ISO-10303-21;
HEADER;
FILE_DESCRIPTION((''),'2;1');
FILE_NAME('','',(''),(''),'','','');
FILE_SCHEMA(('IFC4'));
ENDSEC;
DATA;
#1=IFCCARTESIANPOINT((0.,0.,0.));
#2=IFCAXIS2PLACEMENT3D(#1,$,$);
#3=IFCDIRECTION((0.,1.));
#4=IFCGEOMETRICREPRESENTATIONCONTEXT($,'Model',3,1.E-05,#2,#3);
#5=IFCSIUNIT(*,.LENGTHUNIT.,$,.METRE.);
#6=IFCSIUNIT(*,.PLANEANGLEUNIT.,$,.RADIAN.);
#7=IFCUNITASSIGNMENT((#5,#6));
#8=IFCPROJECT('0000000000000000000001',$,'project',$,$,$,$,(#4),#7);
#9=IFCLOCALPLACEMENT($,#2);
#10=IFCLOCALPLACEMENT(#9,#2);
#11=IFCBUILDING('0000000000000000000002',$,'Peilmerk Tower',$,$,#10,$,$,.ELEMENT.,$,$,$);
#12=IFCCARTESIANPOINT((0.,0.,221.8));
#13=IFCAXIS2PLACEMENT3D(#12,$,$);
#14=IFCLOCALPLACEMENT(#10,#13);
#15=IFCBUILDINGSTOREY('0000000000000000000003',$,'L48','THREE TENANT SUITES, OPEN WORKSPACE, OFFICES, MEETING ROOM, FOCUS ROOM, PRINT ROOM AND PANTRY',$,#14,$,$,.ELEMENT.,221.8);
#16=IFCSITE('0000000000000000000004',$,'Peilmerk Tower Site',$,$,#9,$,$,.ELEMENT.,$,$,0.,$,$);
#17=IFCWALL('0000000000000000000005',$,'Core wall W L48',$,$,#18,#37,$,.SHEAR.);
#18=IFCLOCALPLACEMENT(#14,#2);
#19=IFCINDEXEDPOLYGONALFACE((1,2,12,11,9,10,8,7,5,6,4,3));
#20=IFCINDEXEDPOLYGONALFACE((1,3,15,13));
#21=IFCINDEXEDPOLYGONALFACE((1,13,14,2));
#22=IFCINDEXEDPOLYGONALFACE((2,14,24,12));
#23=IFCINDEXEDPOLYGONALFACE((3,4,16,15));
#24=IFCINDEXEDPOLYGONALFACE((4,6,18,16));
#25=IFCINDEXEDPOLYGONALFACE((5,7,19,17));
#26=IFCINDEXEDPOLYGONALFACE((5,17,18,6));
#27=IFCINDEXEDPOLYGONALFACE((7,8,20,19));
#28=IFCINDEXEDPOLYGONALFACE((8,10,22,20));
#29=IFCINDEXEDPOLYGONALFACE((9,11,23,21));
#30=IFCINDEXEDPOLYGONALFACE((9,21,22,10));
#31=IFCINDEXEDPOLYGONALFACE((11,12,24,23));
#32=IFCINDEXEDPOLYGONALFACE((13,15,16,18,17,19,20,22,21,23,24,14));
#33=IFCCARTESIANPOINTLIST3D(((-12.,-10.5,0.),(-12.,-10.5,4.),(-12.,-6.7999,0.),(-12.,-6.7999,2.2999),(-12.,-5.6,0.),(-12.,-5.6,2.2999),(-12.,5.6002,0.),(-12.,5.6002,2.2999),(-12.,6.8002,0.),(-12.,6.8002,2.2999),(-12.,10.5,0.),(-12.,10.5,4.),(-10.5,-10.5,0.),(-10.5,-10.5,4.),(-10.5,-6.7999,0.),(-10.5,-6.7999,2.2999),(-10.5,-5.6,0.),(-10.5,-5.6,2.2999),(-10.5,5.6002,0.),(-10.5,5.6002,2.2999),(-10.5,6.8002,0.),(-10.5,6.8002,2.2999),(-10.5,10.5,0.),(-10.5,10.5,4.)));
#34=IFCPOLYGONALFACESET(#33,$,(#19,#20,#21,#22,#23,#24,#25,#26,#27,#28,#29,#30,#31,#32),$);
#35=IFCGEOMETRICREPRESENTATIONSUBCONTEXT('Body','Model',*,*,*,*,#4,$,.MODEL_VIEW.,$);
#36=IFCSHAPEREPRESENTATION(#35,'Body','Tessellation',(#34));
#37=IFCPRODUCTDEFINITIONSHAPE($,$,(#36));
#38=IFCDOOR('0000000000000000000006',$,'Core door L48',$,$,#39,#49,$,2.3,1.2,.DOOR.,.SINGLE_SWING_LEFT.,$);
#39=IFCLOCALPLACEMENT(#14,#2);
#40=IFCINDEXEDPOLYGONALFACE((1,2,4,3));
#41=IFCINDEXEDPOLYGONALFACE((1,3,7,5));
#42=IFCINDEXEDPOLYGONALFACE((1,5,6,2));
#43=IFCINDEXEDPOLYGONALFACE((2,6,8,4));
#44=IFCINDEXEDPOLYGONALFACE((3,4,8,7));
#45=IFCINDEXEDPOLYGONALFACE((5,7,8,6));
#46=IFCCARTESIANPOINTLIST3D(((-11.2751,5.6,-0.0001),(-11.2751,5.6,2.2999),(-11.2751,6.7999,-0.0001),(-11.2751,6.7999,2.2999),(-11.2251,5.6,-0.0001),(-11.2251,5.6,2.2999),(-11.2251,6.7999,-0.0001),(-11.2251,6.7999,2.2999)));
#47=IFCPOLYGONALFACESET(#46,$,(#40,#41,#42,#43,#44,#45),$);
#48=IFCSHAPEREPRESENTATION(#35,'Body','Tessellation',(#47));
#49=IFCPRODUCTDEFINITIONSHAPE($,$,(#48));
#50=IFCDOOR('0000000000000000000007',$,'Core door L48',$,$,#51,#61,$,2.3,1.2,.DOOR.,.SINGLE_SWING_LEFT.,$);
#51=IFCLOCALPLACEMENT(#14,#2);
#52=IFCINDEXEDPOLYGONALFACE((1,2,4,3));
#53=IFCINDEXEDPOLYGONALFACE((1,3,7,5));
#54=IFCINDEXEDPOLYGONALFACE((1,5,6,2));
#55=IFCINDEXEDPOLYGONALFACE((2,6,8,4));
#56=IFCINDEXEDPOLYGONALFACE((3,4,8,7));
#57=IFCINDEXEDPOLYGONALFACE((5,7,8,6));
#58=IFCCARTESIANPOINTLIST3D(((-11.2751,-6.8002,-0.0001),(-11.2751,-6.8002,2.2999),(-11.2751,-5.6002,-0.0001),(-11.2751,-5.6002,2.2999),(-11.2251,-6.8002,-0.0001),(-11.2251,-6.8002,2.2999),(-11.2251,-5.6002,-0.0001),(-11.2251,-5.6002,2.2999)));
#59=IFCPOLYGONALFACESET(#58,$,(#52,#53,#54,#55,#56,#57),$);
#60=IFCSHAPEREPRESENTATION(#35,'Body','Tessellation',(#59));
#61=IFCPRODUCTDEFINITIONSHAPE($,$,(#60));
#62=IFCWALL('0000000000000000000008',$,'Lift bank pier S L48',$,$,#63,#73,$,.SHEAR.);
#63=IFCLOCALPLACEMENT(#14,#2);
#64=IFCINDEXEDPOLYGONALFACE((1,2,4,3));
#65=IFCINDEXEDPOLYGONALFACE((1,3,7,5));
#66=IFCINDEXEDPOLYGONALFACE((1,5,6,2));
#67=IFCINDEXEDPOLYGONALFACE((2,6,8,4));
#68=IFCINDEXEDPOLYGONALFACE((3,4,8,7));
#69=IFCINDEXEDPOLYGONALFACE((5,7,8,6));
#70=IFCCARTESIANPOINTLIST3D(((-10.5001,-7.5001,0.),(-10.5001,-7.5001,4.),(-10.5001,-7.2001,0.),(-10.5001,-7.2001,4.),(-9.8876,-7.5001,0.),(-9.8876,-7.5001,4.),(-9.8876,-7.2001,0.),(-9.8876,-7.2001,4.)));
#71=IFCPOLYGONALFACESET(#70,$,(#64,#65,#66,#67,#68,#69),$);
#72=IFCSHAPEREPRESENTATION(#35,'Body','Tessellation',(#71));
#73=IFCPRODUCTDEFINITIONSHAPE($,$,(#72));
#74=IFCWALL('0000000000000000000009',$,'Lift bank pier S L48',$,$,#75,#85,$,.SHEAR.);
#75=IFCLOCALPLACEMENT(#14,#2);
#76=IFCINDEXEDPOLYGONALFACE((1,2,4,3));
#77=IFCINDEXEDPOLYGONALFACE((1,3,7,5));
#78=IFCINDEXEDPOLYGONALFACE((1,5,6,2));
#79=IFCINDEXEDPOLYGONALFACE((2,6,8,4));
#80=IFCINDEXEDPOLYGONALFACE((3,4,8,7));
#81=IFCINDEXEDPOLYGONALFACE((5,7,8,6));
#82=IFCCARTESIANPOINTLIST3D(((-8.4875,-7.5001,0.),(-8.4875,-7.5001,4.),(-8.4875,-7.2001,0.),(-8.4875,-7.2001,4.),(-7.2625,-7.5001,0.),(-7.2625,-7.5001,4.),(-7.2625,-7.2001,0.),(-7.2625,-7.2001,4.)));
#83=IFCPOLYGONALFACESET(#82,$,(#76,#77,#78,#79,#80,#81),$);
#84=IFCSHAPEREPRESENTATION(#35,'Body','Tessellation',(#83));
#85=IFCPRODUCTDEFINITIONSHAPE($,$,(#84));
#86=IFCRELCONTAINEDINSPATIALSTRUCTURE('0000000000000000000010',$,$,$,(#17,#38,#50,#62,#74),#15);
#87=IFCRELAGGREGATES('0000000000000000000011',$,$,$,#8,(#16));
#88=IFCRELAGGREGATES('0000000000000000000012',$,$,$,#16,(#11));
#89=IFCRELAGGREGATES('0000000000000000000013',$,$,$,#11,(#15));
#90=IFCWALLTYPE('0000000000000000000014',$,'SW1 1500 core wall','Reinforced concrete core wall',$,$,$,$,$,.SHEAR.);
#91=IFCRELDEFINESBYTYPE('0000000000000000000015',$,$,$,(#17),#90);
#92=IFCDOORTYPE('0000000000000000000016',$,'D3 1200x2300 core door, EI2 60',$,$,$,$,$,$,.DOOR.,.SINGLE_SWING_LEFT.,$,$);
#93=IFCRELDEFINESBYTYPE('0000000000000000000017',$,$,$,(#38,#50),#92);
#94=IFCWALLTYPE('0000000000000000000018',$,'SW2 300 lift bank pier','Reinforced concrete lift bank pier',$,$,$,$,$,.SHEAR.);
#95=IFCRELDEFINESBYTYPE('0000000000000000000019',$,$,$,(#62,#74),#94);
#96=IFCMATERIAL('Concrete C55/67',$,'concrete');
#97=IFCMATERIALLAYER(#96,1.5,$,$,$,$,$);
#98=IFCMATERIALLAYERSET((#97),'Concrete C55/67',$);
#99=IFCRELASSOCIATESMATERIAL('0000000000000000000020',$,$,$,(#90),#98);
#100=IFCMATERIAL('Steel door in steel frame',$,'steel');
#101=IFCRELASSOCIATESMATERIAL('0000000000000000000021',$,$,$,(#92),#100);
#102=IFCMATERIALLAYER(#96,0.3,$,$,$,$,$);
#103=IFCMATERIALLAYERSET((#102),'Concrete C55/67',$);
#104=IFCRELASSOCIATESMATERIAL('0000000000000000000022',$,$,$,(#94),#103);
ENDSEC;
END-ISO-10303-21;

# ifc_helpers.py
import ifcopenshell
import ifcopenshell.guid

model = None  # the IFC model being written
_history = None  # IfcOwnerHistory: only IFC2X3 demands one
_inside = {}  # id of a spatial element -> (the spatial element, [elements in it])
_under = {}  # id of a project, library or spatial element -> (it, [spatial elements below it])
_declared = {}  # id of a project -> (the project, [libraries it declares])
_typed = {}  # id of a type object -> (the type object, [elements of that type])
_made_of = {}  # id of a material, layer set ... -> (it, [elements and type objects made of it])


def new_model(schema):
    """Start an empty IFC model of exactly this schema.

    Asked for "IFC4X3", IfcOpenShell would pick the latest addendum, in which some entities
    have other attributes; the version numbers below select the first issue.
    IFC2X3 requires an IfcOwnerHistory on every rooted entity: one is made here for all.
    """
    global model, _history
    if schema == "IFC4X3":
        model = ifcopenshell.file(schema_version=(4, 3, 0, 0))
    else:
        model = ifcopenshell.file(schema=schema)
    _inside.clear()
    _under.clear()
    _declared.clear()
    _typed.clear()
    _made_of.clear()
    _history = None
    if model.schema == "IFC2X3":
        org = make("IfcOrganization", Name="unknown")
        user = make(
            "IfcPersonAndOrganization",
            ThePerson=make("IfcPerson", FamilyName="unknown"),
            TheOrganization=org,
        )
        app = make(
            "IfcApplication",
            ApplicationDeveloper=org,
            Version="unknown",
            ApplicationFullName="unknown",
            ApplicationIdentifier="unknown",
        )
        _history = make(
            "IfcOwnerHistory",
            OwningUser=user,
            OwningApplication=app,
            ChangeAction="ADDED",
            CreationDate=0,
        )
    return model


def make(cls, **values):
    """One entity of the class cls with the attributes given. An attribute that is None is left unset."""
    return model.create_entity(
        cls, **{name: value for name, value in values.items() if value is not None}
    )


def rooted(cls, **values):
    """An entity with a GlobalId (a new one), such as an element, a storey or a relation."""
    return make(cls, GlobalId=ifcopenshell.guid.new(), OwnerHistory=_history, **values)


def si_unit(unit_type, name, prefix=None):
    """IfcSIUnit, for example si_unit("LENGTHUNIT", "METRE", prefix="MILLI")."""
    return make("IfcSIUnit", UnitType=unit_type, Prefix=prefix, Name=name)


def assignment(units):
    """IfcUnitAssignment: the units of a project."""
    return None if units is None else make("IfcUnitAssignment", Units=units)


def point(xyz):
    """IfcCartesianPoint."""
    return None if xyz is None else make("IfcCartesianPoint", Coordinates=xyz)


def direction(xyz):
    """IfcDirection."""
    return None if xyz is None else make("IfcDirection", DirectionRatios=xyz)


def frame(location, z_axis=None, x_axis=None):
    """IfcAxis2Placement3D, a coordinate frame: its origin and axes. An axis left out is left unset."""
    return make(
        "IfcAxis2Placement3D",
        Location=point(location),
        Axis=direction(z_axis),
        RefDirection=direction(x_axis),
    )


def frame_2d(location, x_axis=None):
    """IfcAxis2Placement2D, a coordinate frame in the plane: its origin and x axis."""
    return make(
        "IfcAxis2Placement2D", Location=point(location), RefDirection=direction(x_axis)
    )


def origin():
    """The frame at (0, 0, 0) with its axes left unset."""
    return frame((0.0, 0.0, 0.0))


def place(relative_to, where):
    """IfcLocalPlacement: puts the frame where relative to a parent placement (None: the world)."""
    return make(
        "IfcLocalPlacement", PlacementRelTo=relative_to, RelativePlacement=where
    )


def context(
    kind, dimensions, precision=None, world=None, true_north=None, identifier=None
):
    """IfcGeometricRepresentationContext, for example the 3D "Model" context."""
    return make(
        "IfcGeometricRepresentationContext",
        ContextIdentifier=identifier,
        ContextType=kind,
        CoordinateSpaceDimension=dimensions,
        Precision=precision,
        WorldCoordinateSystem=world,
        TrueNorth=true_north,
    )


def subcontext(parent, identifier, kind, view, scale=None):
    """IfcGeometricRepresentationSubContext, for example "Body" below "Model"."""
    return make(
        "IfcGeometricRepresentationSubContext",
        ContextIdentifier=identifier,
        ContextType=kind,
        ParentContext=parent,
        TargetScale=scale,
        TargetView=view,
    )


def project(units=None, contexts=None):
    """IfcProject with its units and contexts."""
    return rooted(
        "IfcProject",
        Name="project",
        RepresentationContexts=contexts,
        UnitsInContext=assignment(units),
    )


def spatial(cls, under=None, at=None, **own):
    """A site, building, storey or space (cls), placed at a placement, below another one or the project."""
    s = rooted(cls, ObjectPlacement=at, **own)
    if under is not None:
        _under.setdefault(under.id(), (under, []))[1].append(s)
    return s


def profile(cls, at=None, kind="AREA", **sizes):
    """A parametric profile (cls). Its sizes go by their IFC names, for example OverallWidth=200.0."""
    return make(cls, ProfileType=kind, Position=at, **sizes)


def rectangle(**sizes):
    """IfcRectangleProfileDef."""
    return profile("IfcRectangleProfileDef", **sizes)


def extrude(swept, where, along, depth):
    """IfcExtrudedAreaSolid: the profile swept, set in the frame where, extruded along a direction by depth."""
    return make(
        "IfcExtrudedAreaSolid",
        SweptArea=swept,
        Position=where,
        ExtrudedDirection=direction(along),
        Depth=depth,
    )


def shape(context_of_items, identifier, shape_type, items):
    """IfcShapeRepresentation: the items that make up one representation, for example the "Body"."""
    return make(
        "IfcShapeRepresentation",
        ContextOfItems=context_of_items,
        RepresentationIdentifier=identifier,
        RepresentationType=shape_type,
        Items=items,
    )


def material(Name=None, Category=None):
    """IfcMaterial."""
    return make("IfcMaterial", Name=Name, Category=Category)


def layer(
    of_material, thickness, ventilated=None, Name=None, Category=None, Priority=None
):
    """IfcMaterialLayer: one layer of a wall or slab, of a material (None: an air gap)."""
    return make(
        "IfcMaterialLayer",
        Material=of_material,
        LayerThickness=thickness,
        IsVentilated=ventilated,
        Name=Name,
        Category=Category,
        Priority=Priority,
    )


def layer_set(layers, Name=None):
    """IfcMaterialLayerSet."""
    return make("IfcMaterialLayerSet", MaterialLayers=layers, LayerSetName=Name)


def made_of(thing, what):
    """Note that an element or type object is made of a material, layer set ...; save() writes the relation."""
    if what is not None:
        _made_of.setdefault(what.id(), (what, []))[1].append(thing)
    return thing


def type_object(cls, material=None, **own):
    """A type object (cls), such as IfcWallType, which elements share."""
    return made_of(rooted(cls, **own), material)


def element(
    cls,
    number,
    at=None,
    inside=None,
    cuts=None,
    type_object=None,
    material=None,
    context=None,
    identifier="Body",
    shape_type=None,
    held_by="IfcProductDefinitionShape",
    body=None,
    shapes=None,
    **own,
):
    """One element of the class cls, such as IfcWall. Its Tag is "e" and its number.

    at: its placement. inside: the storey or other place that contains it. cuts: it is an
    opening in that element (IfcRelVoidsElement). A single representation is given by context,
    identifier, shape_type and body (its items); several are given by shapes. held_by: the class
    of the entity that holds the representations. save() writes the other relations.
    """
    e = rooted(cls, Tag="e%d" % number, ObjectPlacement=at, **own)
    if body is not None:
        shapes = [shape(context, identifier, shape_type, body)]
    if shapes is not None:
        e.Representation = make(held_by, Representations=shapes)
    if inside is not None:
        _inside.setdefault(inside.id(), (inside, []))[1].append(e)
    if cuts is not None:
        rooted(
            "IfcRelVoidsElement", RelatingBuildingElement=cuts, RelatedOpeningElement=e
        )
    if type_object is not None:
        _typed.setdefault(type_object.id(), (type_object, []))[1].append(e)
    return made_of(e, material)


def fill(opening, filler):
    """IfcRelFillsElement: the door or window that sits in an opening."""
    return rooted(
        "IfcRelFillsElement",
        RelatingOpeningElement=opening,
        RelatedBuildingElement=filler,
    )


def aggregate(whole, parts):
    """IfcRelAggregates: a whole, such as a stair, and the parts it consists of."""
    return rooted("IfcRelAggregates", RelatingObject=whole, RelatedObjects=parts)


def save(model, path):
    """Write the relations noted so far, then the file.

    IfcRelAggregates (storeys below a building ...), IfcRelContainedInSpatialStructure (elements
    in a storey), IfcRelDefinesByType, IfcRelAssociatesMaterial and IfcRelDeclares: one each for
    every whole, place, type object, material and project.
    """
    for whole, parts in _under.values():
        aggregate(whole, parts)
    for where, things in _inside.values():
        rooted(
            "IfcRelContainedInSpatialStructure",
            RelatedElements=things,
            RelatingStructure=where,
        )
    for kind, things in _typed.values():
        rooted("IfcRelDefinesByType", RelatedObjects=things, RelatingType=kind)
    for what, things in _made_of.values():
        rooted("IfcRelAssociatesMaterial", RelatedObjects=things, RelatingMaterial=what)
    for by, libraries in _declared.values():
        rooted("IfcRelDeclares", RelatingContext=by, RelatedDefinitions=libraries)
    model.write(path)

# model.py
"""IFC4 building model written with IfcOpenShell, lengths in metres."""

from ifc_helpers import new_model, si_unit, direction, frame, frame_2d, origin, place, context, subcontext, project, spatial, rectangle, extrude, material, layer, layer_set, type_object, element, fill, save


model = new_model("IFC4")

# Units and contexts
model_context = context("Model", 3, precision=1e-05, world=origin(), true_north=direction((0.0, 1.0)))
body_context = subcontext(model_context, "Body", "Model", "MODEL_VIEW")
ifc_project = project(units=[si_unit("LENGTHUNIT", "METRE"), si_unit("PLANEANGLEUNIT", "RADIAN")], contexts=[model_context])

# Site, building, storey
site_placement = place(None, origin())
site = spatial("IfcSite", under=ifc_project, at=site_placement, Name="Peilmerk Tower Site", CompositionType="ELEMENT", RefElevation=0.0)
building_placement = place(site_placement, origin())
building = spatial("IfcBuilding", under=site, at=building_placement, Name="Peilmerk Tower", CompositionType="ELEMENT")
storey_placement = place(building_placement, frame((0.0, 0.0, 221.8)))
storey = spatial("IfcBuildingStorey", under=building, at=storey_placement, Name="L48", Description="THREE TENANT SUITES, OPEN WORKSPACE, OFFICES, MEETING ROOM, FOCUS ROOM, PRINT ROOM AND PANTRY", CompositionType="ELEMENT", Elevation=221.8)

# Wall, openings, doors
ifc_material_1 = material(Name="Concrete C55/67", Category="concrete")
ifc_layer_1 = layer(ifc_material_1, 1.5)
ifc_layer_set_1 = layer_set([ifc_layer_1], Name="Concrete C55/67")
wall_type_1 = type_object("IfcWallType", Name="SW1 1500 core wall", Description="Reinforced concrete core wall", PredefinedType="SHEAR", material=ifc_layer_set_1)
wall_1_placement = place(storey_placement, frame((-11.25, -10.5, 0.0), z_axis=(0.0, 0.0, 1.0), x_axis=(0.0, 1.0, 0.0)))
wall_1 = element("IfcWall", 1, at=wall_1_placement, inside=storey, type_object=wall_type_1, Name="Core wall W L48", PredefinedType="SHEAR", context=body_context, shape_type="SweptSolid", body=[
    extrude(rectangle(XDim=21.0, YDim=1.5, at=frame_2d((10.5, 0.0))), origin(), (0.0, 0.0, 1.0), 4.0),
])
opening_1_placement = place(wall_1_placement, frame((16.1001, 0.0, 0.0)))
opening_1 = element("IfcOpeningElement", 2, at=opening_1_placement, cuts=wall_1, PredefinedType="OPENING", context=body_context, shape_type="SweptSolid", body=[
    extrude(rectangle(XDim=1.2, YDim=2.3, at=frame_2d((0.6001, 1.1499))), frame((0.0, 0.76, 0.0), z_axis=(0.0, -1.0, 0.0), x_axis=(1.0, 0.0, 0.0)), (0.0, 0.0, 1.0), 1.52),
])
opening_2_placement = place(wall_1_placement, frame((3.7, 0.0, 0.0)))
opening_2 = element("IfcOpeningElement", 3, at=opening_2_placement, cuts=wall_1, PredefinedType="OPENING", context=body_context, shape_type="SweptSolid", body=[
    extrude(rectangle(XDim=1.2, YDim=2.3, at=frame_2d((0.6001, 1.1499))), frame((0.0, 0.76, 0.0), z_axis=(0.0, -1.0, 0.0), x_axis=(1.0, 0.0, 0.0)), (0.0, 0.0, 1.0), 1.52),
])
ifc_material_2 = material(Name="Steel door in steel frame", Category="steel")
door_type_1 = type_object("IfcDoorType", Name="D3 1200x2300 core door, EI2 60", OperationType="SINGLE_SWING_LEFT", PredefinedType="DOOR", material=ifc_material_2)
door_1_placement = place(opening_1_placement, frame((1.2, 0.0, 0.0), z_axis=(0.0, 0.0, 1.0), x_axis=(-1.0, 0.0, 0.0)))
door_1 = element("IfcDoor", 4, at=door_1_placement, inside=storey, type_object=door_type_1, Name="Core door L48", OperationType="SINGLE_SWING_LEFT", OverallHeight=2.3, OverallWidth=1.2, PredefinedType="DOOR", context=body_context, shape_type="SweptSolid", body=[
    extrude(rectangle(XDim=1.2, YDim=2.3, at=frame_2d((0.6001, 1.1499))), frame((0.0, 0.0249, 0.0), z_axis=(0.0, -1.0, 0.0), x_axis=(1.0, 0.0, 0.0)), (0.0, 0.0, 1.0), 0.05),
])
fill(opening_1, door_1)
door_2_placement = place(opening_2_placement, frame((1.2, 0.0, 0.0), z_axis=(0.0, 0.0, 1.0), x_axis=(-1.0, 0.0, 0.0)))
door_2 = element("IfcDoor", 5, at=door_2_placement, inside=storey, type_object=door_type_1, Name="Core door L48", OperationType="SINGLE_SWING_LEFT", OverallHeight=2.3, OverallWidth=1.2, PredefinedType="DOOR", context=body_context, shape_type="SweptSolid", body=[
    extrude(rectangle(XDim=1.2, YDim=2.3, at=frame_2d((0.6001, 1.1499))), frame((0.0, 0.0249, 0.0), z_axis=(0.0, -1.0, 0.0), x_axis=(1.0, 0.0, 0.0)), (0.0, 0.0, 1.0), 0.05),
])
fill(opening_2, door_2)

# Walls
ifc_layer_2 = layer(ifc_material_1, 0.3)
ifc_layer_set_2 = layer_set([ifc_layer_2], Name="Concrete C55/67")
wall_type_2 = type_object("IfcWallType", Name="SW2 300 lift bank pier", Description="Reinforced concrete lift bank pier", PredefinedType="SHEAR", material=ifc_layer_set_2)
wall_2_placement = place(storey_placement, frame((-10.5, -7.3501, 0.0), z_axis=(0.0, 0.0, 1.0), x_axis=(1.0, 0.0, 0.0)))
element("IfcWall", 6, at=wall_2_placement, inside=storey, type_object=wall_type_2, Name="Lift bank pier S L48", PredefinedType="SHEAR", context=body_context, shape_type="SweptSolid", body=[
    extrude(rectangle(XDim=0.6125, YDim=0.3, at=frame_2d((0.3062, 0.0))), origin(), (0.0, 0.0, 1.0), 4.0),
])
wall_3_placement = place(storey_placement, frame((-8.4875, -7.3501, 0.0), z_axis=(0.0, 0.0, 1.0), x_axis=(1.0, 0.0, 0.0)))
element("IfcWall", 7, at=wall_3_placement, inside=storey, type_object=wall_type_2, Name="Lift bank pier S L48", PredefinedType="SHEAR", context=body_context, shape_type="SweptSolid", body=[
    extrude(rectangle(XDim=1.2251, YDim=0.3, at=frame_2d((0.6125, 0.0))), origin(), (0.0, 0.0, 1.0), 4.0),
])

save(model, "model.ifc")
